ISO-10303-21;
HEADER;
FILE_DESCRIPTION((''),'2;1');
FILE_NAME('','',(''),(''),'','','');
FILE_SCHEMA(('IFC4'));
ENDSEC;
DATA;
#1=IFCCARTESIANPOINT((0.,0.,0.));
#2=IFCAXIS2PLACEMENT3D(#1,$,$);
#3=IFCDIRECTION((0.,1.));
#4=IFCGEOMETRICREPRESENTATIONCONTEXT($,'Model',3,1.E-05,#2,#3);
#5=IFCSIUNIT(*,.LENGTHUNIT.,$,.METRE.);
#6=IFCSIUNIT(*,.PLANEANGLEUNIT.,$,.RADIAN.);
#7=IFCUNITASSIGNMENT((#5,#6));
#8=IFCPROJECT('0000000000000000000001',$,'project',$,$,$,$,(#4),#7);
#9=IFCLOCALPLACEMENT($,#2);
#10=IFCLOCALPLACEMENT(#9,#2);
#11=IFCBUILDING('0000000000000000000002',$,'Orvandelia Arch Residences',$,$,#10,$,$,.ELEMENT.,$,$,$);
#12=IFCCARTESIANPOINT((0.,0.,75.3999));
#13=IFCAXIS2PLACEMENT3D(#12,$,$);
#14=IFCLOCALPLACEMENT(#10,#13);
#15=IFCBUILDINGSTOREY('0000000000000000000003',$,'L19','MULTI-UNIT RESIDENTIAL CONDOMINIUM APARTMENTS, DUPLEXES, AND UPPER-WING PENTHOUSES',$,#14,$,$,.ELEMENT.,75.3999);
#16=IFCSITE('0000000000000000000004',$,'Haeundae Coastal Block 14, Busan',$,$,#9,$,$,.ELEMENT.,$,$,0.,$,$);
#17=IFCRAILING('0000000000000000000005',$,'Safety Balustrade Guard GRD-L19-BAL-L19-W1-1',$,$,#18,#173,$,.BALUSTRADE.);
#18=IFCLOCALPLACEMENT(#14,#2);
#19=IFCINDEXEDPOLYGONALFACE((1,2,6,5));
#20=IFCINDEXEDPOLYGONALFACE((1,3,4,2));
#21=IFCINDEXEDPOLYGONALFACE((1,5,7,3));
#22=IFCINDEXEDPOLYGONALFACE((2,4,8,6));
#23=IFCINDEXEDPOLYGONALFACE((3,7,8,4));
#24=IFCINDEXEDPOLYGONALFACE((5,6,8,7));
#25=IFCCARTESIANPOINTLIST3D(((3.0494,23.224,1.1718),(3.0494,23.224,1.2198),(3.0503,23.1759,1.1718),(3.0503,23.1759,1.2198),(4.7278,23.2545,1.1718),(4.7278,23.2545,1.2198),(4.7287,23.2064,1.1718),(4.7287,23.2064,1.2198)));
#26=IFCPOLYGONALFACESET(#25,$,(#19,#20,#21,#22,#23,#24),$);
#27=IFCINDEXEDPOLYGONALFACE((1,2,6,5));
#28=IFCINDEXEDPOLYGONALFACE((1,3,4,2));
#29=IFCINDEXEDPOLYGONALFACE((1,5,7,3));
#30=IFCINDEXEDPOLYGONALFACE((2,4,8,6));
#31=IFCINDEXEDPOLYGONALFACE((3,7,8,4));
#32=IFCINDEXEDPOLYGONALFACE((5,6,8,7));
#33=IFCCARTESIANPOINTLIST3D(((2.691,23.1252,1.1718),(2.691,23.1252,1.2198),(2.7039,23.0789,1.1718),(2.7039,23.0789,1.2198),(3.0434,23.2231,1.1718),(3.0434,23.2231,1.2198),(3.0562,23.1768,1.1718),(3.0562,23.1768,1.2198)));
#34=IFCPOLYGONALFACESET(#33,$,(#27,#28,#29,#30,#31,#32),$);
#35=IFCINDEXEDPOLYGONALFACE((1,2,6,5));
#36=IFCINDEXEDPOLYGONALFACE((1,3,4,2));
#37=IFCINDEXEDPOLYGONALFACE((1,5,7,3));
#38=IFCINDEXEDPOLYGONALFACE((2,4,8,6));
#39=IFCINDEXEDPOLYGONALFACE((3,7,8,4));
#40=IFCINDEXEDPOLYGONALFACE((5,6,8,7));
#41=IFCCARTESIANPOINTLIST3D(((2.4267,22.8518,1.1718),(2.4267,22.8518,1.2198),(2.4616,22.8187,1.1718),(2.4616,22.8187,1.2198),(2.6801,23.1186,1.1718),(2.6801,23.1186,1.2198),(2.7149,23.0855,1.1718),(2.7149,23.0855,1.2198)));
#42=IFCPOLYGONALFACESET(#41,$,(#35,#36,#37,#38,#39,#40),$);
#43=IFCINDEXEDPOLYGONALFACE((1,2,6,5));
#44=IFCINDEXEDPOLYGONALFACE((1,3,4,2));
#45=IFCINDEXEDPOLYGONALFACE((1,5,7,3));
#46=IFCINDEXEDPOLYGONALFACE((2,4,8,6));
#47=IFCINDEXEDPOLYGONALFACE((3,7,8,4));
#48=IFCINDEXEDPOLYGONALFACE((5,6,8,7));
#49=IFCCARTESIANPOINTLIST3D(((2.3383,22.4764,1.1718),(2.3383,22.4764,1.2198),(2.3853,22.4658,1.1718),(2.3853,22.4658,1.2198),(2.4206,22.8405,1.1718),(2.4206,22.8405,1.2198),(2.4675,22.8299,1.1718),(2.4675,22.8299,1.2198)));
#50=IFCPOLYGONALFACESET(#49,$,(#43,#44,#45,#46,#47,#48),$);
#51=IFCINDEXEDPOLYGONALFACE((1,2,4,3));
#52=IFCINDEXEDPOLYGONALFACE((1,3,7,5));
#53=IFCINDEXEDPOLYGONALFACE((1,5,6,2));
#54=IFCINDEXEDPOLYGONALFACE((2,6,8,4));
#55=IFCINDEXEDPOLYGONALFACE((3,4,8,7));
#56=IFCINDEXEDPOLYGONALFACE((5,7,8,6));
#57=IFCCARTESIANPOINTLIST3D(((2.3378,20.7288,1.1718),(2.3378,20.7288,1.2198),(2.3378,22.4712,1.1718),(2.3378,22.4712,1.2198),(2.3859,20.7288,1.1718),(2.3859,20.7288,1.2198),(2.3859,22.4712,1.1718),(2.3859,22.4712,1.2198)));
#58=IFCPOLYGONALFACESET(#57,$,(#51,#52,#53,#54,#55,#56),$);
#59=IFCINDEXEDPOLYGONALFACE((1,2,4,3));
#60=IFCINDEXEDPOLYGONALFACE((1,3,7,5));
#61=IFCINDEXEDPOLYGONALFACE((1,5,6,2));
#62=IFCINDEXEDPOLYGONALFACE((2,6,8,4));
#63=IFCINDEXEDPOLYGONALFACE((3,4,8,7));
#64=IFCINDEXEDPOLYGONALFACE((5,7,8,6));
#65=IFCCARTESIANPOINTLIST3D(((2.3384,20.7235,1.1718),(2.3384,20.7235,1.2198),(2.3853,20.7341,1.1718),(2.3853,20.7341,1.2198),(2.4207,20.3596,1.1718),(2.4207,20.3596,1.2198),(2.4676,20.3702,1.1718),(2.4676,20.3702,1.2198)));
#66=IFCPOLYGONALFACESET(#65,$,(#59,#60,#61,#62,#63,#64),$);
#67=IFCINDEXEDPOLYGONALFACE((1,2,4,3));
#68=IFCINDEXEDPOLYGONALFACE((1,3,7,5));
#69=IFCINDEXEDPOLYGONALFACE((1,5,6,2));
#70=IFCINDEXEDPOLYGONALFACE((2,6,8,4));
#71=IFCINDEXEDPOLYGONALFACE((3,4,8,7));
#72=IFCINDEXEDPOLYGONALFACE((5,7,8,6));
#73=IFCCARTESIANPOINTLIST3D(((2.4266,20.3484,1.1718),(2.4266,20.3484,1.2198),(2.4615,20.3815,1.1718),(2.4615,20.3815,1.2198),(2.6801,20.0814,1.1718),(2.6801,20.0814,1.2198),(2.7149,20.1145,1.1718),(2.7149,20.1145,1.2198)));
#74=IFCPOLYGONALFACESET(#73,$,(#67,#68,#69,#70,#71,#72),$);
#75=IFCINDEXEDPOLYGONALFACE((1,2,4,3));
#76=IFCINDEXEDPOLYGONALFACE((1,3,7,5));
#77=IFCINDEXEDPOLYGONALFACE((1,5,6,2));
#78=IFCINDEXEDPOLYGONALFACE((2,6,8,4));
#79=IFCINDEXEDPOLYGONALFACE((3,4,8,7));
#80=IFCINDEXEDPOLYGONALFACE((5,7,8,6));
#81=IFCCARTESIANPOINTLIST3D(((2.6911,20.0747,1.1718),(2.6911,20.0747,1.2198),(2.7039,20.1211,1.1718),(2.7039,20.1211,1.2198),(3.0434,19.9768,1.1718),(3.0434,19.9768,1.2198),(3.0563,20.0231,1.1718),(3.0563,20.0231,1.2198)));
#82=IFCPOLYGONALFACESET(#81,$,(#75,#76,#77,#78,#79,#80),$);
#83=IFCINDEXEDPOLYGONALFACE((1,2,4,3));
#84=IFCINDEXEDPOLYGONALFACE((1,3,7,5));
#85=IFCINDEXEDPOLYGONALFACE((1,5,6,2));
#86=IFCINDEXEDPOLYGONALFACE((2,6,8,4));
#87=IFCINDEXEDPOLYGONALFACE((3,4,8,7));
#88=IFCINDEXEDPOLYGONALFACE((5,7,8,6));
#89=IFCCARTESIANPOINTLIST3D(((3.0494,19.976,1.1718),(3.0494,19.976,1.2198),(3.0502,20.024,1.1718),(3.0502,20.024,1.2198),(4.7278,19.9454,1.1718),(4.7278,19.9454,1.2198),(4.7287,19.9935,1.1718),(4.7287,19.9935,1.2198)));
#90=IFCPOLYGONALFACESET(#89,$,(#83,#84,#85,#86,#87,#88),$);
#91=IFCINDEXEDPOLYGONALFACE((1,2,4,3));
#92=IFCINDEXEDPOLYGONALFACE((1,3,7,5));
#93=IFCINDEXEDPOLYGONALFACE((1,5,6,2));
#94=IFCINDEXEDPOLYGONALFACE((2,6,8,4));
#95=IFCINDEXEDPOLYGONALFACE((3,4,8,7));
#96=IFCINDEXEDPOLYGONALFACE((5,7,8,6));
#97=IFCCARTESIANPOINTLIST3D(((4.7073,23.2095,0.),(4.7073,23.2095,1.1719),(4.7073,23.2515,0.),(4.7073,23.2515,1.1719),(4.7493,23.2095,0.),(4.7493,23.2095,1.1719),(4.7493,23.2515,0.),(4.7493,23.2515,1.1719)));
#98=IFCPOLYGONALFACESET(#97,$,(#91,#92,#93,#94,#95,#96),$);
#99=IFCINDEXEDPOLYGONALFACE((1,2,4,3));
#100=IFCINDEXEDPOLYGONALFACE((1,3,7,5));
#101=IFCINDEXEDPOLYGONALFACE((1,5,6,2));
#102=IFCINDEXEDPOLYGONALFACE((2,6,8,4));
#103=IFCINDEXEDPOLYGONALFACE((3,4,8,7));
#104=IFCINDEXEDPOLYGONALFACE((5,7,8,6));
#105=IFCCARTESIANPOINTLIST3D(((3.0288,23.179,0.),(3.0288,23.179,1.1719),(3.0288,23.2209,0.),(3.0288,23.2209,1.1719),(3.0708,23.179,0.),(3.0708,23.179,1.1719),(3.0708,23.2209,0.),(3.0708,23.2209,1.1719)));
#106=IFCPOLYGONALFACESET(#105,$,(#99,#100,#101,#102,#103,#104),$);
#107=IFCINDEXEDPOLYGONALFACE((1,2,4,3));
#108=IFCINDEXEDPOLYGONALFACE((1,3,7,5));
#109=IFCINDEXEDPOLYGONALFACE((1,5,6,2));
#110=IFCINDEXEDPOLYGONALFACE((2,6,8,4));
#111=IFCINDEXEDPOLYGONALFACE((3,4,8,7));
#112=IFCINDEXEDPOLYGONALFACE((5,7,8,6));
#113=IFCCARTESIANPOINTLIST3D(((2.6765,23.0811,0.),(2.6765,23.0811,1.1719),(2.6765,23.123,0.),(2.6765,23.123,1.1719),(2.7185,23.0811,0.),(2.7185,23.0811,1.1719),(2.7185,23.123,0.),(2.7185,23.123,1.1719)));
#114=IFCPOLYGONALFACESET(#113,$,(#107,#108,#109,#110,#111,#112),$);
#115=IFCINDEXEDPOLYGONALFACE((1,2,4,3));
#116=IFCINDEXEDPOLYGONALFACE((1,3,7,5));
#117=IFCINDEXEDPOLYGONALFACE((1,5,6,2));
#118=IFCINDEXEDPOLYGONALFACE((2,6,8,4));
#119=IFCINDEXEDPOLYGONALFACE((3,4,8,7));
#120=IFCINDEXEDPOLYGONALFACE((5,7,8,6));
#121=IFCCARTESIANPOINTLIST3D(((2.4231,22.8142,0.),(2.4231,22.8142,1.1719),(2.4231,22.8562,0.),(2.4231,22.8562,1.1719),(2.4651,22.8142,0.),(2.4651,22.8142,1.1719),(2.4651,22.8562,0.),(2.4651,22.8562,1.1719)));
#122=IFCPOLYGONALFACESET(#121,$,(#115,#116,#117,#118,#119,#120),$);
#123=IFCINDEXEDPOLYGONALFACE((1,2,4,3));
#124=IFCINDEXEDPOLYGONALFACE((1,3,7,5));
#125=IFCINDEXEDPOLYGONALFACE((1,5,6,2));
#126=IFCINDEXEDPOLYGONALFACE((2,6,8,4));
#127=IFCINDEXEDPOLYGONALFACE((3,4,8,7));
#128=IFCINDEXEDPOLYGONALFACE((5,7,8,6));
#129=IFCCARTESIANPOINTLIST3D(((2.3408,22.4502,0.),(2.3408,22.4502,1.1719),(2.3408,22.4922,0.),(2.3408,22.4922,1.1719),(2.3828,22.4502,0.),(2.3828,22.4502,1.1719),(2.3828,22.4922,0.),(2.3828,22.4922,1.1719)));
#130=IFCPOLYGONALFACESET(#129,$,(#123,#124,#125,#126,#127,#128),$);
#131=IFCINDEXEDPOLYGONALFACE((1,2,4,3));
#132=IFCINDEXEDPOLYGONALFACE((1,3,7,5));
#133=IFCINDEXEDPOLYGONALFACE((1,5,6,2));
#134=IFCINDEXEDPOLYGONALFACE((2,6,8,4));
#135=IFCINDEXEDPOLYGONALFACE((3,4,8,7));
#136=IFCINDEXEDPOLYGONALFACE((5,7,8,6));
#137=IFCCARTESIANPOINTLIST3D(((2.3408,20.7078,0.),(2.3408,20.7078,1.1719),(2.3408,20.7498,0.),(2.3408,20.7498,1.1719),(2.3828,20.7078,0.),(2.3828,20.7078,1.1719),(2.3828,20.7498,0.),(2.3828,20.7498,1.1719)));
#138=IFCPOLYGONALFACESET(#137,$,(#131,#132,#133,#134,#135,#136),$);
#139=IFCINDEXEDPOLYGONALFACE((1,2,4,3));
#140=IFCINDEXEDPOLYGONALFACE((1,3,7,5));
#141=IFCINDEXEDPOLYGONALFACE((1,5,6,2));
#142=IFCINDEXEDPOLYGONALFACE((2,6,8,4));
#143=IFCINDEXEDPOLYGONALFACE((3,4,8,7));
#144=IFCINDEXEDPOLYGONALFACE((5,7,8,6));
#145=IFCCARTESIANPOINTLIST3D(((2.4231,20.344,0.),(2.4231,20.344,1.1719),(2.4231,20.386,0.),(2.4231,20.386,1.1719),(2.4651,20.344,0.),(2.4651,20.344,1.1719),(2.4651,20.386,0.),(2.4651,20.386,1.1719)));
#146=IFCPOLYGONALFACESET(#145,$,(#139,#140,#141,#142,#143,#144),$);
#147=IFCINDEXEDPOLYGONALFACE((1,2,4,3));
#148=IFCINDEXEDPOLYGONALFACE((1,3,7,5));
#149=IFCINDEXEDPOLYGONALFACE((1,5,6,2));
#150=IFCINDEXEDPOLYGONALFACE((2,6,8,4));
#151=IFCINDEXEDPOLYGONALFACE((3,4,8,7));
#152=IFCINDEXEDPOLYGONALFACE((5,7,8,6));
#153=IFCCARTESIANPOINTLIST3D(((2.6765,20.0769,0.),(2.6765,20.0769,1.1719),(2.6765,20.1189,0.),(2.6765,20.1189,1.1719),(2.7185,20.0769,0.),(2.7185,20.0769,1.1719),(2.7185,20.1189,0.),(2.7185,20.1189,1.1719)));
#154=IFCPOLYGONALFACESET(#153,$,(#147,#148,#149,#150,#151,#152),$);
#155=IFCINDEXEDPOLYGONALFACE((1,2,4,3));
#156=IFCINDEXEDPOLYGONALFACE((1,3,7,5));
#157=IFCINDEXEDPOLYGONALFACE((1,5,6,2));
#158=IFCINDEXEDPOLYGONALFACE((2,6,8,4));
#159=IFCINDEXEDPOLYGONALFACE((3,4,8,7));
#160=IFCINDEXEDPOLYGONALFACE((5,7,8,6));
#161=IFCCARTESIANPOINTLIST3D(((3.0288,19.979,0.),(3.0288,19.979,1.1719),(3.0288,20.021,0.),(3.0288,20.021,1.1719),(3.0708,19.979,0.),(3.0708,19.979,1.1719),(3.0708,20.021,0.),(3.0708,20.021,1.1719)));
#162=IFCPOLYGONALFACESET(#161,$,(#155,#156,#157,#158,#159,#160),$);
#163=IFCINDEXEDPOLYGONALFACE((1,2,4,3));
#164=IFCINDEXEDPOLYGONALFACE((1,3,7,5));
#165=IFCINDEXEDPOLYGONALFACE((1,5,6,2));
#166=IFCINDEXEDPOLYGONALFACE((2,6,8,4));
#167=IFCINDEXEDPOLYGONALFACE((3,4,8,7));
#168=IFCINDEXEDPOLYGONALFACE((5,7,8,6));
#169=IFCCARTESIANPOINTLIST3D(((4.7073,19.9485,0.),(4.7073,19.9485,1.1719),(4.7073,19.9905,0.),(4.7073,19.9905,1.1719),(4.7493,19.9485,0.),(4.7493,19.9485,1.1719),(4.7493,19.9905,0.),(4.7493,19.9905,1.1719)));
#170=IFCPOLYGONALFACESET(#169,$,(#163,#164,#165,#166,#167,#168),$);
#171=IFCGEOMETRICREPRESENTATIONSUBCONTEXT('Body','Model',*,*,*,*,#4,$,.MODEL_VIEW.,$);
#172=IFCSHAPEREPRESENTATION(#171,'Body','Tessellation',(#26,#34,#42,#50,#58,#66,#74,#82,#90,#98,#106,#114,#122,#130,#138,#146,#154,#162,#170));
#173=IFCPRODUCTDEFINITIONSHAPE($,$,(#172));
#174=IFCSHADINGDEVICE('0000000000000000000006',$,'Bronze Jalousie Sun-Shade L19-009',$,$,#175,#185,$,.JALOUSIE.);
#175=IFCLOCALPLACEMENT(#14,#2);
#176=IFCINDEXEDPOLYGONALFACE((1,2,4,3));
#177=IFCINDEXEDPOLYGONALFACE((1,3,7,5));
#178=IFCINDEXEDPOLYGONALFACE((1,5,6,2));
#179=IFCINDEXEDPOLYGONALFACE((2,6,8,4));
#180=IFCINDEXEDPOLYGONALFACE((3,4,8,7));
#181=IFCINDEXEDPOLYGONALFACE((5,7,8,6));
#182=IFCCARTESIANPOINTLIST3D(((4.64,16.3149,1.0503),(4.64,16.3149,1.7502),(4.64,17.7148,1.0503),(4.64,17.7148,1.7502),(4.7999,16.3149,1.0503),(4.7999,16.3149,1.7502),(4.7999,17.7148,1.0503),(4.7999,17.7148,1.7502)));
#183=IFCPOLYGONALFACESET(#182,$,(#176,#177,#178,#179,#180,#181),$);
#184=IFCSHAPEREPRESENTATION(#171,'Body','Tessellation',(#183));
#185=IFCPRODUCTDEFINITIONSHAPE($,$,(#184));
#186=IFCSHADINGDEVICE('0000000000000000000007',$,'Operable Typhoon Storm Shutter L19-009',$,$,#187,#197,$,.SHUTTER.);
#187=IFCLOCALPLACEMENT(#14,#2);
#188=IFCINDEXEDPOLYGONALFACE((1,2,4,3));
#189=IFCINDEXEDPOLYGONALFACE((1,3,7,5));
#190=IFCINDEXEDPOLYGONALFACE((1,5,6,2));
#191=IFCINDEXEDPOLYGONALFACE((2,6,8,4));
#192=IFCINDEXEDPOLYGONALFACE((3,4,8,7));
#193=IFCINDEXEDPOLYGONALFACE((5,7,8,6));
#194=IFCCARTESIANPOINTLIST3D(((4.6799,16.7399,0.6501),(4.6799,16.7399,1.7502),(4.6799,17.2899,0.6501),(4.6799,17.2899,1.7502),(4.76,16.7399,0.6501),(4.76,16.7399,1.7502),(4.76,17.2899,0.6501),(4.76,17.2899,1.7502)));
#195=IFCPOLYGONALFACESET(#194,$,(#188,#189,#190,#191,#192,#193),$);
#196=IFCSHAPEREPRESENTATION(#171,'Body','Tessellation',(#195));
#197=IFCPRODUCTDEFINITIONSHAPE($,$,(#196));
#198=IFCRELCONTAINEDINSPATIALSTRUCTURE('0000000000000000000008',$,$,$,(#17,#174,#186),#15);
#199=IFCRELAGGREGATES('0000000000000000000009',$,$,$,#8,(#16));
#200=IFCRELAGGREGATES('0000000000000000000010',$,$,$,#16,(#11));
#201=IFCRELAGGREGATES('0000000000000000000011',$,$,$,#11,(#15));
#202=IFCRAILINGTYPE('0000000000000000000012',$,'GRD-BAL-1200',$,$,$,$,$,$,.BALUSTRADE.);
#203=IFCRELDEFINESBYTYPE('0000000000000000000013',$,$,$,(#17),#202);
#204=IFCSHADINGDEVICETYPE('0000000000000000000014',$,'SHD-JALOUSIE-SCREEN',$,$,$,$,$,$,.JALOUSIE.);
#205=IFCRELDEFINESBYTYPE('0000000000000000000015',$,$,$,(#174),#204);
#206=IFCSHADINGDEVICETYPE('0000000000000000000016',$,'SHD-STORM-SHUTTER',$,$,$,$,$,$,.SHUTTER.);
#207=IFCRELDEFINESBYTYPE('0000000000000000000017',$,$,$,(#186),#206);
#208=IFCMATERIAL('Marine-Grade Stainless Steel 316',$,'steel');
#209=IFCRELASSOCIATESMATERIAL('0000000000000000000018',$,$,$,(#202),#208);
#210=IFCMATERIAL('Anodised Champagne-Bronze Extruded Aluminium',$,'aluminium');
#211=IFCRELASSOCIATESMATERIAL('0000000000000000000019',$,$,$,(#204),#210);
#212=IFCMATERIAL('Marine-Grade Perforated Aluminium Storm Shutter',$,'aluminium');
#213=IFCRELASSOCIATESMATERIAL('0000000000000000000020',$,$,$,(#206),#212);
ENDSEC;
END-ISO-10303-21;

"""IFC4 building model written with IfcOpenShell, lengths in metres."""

from ifc_helpers import new_model, si_unit, direction, frame, origin, origin_2d, place, context, subcontext, project, spatial, rectangle, extrude, material, type_object, element, save


model = new_model("IFC4")

# Units and contexts
model_context = context("Model", 3, precision=1e-05, world=origin(), true_north=direction((0.0, 1.0)))
body_context = subcontext(model_context, "Body", "Model", "MODEL_VIEW")
ifc_project = project(units=[si_unit("LENGTHUNIT", "METRE"), si_unit("PLANEANGLEUNIT", "RADIAN")], contexts=[model_context])

# Site, building, storey
site_placement = place(None, origin())
site = spatial("IfcSite", under=ifc_project, at=site_placement, Name="Haeundae Coastal Block 14, Busan", CompositionType="ELEMENT", RefElevation=0.0)
building_placement = place(site_placement, origin())
building = spatial("IfcBuilding", under=site, at=building_placement, Name="Orvandelia Arch Residences", CompositionType="ELEMENT")
storey_placement = place(building_placement, frame((0.0, 0.0, 75.3999)))
storey = spatial("IfcBuildingStorey", under=building, at=storey_placement, Name="L19", Description="MULTI-UNIT RESIDENTIAL CONDOMINIUM APARTMENTS, DUPLEXES, AND UPPER-WING PENTHOUSES", CompositionType="ELEMENT", Elevation=75.3999)

# Railing
ifc_material_1 = material(Name="Marine-Grade Stainless Steel 316", Category="steel")
railing_type = type_object("IfcRailingType", Name="GRD-BAL-1200", PredefinedType="BALUSTRADE", material=ifc_material_1)
railing_placement = place(storey_placement, frame((4.7283, 23.2305, 0.0)))
element("IfcRailing", 1, at=railing_placement, inside=storey, type_object=railing_type, Name="Safety Balustrade Guard GRD-L19-BAL-L19-W1-1", PredefinedType="BALUSTRADE", context=body_context, shape_type="SweptSolid", body=[
    extrude(rectangle(XDim=0.0481, YDim=0.0481, at=origin_2d()), frame((0.0, 0.0, 1.1958), z_axis=(-0.999835, -0.018179, 0.0), x_axis=(0.018179, -0.999835, 0.0)), (0.0, 0.0, 1.0), 1.6787),
    extrude(rectangle(XDim=0.0481, YDim=0.0481, at=origin_2d()), frame((-1.6785, -0.0305, 1.1958), z_axis=(-0.963489, -0.267747, 0.0), x_axis=(0.267747, -0.963489, 0.0)), (0.0, 0.0, 1.0), 0.3657),
    extrude(rectangle(XDim=0.0481, YDim=0.0481, at=origin_2d()), frame((-2.0308, -0.1284, 1.1958), z_axis=(-0.688627, -0.725115, 0.0), x_axis=(0.725115, -0.688627, 0.0)), (0.0, 0.0, 1.0), 0.3679),
    extrude(rectangle(XDim=0.0481, YDim=0.0481, at=origin_2d()), frame((-2.2842, -0.3953, 1.1958), z_axis=(-0.220462, -0.975396, 0.0), x_axis=(0.975396, -0.220462, 0.0)), (0.0, 0.0, 1.0), 0.3733),
    extrude(rectangle(XDim=0.0481, YDim=0.0481, at=origin_2d()), frame((-2.3665, -0.7593, 1.1958), z_axis=(0.0, -1.0, 0.0), x_axis=(1.0, 0.0, 0.0)), (0.0, 0.0, 1.0), 1.7424),
    extrude(rectangle(XDim=0.0481, YDim=0.0481, at=origin_2d()), frame((-2.3665, -2.5017, 1.1958), z_axis=(0.220602, -0.975364, 0.0), x_axis=(0.975364, 0.220602, 0.0)), (0.0, 0.0, 1.0), 0.373),
    extrude(rectangle(XDim=0.0481, YDim=0.0481, at=origin_2d()), frame((-2.2842, -2.8655, 1.1958), z_axis=(0.688296, -0.72543, 0.0), x_axis=(0.72543, 0.688296, 0.0)), (0.0, 0.0, 1.0), 0.3682),
    extrude(rectangle(XDim=0.0481, YDim=0.0481, at=origin_2d()), frame((-2.0308, -3.1326, 1.1958), z_axis=(0.963489, -0.267747, 0.0), x_axis=(0.267747, 0.963489, 0.0)), (0.0, 0.0, 1.0), 0.3657),
    extrude(rectangle(XDim=0.0481, YDim=0.0481, at=origin_2d()), frame((-1.6785, -3.2305, 1.1958), z_axis=(0.999835, -0.018179, 0.0), x_axis=(0.018179, 0.999835, 0.0)), (0.0, 0.0, 1.0), 1.6787),
    extrude(rectangle(XDim=0.042, YDim=0.042, at=origin_2d()), origin(), (0.0, 0.0, 1.0), 1.1719),
    extrude(rectangle(XDim=0.042, YDim=0.042, at=origin_2d()), frame((-1.6785, -0.0305, 0.0)), (0.0, 0.0, 1.0), 1.1719),
    extrude(rectangle(XDim=0.042, YDim=0.042, at=origin_2d()), frame((-2.0308, -0.1284, 0.0)), (0.0, 0.0, 1.0), 1.1719),
    extrude(rectangle(XDim=0.042, YDim=0.042, at=origin_2d()), frame((-2.2842, -0.3953, 0.0)), (0.0, 0.0, 1.0), 1.1719),
    extrude(rectangle(XDim=0.042, YDim=0.042, at=origin_2d()), frame((-2.3665, -0.7593, 0.0)), (0.0, 0.0, 1.0), 1.1719),
    extrude(rectangle(XDim=0.042, YDim=0.042, at=origin_2d()), frame((-2.3665, -2.5017, 0.0)), (0.0, 0.0, 1.0), 1.1719),
    extrude(rectangle(XDim=0.042, YDim=0.042, at=origin_2d()), frame((-2.2842, -2.8655, 0.0)), (0.0, 0.0, 1.0), 1.1719),
    extrude(rectangle(XDim=0.042, YDim=0.042, at=origin_2d()), frame((-2.0308, -3.1326, 0.0)), (0.0, 0.0, 1.0), 1.1719),
    extrude(rectangle(XDim=0.042, YDim=0.042, at=origin_2d()), frame((-1.6785, -3.2305, 0.0)), (0.0, 0.0, 1.0), 1.1719),
    extrude(rectangle(XDim=0.042, YDim=0.042, at=origin_2d()), frame((0.0, -3.261, 0.0)), (0.0, 0.0, 1.0), 1.1719),
])

# Shading devices
ifc_material_2 = material(Name="Anodised Champagne-Bronze Extruded Aluminium", Category="aluminium")
shading_device_type_1 = type_object("IfcShadingDeviceType", Name="SHD-JALOUSIE-SCREEN", PredefinedType="JALOUSIE", material=ifc_material_2)
shading_device_1_placement = place(storey_placement, frame((4.72, 17.0149, 1.0503), z_axis=(0.0, 0.0, 1.0), x_axis=(0.0, 1.0, 0.0)))
element("IfcShadingDevice", 2, at=shading_device_1_placement, inside=storey, type_object=shading_device_type_1, Name="Bronze Jalousie Sun-Shade L19-009", PredefinedType="JALOUSIE", context=body_context, shape_type="SweptSolid", body=[
    extrude(rectangle(XDim=1.3999, YDim=0.1599, at=origin_2d()), origin(), (0.0, 0.0, 1.0), 0.7),
])
ifc_material_3 = material(Name="Marine-Grade Perforated Aluminium Storm Shutter", Category="aluminium")
shading_device_type_2 = type_object("IfcShadingDeviceType", Name="SHD-STORM-SHUTTER", PredefinedType="SHUTTER", material=ifc_material_3)
shading_device_2_placement = place(storey_placement, frame((4.72, 17.0149, 0.6501), z_axis=(0.0, 0.0, 1.0), x_axis=(0.0, 1.0, 0.0)))
element("IfcShadingDevice", 3, at=shading_device_2_placement, inside=storey, type_object=shading_device_type_2, Name="Operable Typhoon Storm Shutter L19-009", PredefinedType="SHUTTER", context=body_context, shape_type="SweptSolid", body=[
    extrude(rectangle(XDim=0.55, YDim=0.0801, at=origin_2d()), origin(), (0.0, 0.0, 1.0), 1.1001),
])

save(model, "model.ifc")
